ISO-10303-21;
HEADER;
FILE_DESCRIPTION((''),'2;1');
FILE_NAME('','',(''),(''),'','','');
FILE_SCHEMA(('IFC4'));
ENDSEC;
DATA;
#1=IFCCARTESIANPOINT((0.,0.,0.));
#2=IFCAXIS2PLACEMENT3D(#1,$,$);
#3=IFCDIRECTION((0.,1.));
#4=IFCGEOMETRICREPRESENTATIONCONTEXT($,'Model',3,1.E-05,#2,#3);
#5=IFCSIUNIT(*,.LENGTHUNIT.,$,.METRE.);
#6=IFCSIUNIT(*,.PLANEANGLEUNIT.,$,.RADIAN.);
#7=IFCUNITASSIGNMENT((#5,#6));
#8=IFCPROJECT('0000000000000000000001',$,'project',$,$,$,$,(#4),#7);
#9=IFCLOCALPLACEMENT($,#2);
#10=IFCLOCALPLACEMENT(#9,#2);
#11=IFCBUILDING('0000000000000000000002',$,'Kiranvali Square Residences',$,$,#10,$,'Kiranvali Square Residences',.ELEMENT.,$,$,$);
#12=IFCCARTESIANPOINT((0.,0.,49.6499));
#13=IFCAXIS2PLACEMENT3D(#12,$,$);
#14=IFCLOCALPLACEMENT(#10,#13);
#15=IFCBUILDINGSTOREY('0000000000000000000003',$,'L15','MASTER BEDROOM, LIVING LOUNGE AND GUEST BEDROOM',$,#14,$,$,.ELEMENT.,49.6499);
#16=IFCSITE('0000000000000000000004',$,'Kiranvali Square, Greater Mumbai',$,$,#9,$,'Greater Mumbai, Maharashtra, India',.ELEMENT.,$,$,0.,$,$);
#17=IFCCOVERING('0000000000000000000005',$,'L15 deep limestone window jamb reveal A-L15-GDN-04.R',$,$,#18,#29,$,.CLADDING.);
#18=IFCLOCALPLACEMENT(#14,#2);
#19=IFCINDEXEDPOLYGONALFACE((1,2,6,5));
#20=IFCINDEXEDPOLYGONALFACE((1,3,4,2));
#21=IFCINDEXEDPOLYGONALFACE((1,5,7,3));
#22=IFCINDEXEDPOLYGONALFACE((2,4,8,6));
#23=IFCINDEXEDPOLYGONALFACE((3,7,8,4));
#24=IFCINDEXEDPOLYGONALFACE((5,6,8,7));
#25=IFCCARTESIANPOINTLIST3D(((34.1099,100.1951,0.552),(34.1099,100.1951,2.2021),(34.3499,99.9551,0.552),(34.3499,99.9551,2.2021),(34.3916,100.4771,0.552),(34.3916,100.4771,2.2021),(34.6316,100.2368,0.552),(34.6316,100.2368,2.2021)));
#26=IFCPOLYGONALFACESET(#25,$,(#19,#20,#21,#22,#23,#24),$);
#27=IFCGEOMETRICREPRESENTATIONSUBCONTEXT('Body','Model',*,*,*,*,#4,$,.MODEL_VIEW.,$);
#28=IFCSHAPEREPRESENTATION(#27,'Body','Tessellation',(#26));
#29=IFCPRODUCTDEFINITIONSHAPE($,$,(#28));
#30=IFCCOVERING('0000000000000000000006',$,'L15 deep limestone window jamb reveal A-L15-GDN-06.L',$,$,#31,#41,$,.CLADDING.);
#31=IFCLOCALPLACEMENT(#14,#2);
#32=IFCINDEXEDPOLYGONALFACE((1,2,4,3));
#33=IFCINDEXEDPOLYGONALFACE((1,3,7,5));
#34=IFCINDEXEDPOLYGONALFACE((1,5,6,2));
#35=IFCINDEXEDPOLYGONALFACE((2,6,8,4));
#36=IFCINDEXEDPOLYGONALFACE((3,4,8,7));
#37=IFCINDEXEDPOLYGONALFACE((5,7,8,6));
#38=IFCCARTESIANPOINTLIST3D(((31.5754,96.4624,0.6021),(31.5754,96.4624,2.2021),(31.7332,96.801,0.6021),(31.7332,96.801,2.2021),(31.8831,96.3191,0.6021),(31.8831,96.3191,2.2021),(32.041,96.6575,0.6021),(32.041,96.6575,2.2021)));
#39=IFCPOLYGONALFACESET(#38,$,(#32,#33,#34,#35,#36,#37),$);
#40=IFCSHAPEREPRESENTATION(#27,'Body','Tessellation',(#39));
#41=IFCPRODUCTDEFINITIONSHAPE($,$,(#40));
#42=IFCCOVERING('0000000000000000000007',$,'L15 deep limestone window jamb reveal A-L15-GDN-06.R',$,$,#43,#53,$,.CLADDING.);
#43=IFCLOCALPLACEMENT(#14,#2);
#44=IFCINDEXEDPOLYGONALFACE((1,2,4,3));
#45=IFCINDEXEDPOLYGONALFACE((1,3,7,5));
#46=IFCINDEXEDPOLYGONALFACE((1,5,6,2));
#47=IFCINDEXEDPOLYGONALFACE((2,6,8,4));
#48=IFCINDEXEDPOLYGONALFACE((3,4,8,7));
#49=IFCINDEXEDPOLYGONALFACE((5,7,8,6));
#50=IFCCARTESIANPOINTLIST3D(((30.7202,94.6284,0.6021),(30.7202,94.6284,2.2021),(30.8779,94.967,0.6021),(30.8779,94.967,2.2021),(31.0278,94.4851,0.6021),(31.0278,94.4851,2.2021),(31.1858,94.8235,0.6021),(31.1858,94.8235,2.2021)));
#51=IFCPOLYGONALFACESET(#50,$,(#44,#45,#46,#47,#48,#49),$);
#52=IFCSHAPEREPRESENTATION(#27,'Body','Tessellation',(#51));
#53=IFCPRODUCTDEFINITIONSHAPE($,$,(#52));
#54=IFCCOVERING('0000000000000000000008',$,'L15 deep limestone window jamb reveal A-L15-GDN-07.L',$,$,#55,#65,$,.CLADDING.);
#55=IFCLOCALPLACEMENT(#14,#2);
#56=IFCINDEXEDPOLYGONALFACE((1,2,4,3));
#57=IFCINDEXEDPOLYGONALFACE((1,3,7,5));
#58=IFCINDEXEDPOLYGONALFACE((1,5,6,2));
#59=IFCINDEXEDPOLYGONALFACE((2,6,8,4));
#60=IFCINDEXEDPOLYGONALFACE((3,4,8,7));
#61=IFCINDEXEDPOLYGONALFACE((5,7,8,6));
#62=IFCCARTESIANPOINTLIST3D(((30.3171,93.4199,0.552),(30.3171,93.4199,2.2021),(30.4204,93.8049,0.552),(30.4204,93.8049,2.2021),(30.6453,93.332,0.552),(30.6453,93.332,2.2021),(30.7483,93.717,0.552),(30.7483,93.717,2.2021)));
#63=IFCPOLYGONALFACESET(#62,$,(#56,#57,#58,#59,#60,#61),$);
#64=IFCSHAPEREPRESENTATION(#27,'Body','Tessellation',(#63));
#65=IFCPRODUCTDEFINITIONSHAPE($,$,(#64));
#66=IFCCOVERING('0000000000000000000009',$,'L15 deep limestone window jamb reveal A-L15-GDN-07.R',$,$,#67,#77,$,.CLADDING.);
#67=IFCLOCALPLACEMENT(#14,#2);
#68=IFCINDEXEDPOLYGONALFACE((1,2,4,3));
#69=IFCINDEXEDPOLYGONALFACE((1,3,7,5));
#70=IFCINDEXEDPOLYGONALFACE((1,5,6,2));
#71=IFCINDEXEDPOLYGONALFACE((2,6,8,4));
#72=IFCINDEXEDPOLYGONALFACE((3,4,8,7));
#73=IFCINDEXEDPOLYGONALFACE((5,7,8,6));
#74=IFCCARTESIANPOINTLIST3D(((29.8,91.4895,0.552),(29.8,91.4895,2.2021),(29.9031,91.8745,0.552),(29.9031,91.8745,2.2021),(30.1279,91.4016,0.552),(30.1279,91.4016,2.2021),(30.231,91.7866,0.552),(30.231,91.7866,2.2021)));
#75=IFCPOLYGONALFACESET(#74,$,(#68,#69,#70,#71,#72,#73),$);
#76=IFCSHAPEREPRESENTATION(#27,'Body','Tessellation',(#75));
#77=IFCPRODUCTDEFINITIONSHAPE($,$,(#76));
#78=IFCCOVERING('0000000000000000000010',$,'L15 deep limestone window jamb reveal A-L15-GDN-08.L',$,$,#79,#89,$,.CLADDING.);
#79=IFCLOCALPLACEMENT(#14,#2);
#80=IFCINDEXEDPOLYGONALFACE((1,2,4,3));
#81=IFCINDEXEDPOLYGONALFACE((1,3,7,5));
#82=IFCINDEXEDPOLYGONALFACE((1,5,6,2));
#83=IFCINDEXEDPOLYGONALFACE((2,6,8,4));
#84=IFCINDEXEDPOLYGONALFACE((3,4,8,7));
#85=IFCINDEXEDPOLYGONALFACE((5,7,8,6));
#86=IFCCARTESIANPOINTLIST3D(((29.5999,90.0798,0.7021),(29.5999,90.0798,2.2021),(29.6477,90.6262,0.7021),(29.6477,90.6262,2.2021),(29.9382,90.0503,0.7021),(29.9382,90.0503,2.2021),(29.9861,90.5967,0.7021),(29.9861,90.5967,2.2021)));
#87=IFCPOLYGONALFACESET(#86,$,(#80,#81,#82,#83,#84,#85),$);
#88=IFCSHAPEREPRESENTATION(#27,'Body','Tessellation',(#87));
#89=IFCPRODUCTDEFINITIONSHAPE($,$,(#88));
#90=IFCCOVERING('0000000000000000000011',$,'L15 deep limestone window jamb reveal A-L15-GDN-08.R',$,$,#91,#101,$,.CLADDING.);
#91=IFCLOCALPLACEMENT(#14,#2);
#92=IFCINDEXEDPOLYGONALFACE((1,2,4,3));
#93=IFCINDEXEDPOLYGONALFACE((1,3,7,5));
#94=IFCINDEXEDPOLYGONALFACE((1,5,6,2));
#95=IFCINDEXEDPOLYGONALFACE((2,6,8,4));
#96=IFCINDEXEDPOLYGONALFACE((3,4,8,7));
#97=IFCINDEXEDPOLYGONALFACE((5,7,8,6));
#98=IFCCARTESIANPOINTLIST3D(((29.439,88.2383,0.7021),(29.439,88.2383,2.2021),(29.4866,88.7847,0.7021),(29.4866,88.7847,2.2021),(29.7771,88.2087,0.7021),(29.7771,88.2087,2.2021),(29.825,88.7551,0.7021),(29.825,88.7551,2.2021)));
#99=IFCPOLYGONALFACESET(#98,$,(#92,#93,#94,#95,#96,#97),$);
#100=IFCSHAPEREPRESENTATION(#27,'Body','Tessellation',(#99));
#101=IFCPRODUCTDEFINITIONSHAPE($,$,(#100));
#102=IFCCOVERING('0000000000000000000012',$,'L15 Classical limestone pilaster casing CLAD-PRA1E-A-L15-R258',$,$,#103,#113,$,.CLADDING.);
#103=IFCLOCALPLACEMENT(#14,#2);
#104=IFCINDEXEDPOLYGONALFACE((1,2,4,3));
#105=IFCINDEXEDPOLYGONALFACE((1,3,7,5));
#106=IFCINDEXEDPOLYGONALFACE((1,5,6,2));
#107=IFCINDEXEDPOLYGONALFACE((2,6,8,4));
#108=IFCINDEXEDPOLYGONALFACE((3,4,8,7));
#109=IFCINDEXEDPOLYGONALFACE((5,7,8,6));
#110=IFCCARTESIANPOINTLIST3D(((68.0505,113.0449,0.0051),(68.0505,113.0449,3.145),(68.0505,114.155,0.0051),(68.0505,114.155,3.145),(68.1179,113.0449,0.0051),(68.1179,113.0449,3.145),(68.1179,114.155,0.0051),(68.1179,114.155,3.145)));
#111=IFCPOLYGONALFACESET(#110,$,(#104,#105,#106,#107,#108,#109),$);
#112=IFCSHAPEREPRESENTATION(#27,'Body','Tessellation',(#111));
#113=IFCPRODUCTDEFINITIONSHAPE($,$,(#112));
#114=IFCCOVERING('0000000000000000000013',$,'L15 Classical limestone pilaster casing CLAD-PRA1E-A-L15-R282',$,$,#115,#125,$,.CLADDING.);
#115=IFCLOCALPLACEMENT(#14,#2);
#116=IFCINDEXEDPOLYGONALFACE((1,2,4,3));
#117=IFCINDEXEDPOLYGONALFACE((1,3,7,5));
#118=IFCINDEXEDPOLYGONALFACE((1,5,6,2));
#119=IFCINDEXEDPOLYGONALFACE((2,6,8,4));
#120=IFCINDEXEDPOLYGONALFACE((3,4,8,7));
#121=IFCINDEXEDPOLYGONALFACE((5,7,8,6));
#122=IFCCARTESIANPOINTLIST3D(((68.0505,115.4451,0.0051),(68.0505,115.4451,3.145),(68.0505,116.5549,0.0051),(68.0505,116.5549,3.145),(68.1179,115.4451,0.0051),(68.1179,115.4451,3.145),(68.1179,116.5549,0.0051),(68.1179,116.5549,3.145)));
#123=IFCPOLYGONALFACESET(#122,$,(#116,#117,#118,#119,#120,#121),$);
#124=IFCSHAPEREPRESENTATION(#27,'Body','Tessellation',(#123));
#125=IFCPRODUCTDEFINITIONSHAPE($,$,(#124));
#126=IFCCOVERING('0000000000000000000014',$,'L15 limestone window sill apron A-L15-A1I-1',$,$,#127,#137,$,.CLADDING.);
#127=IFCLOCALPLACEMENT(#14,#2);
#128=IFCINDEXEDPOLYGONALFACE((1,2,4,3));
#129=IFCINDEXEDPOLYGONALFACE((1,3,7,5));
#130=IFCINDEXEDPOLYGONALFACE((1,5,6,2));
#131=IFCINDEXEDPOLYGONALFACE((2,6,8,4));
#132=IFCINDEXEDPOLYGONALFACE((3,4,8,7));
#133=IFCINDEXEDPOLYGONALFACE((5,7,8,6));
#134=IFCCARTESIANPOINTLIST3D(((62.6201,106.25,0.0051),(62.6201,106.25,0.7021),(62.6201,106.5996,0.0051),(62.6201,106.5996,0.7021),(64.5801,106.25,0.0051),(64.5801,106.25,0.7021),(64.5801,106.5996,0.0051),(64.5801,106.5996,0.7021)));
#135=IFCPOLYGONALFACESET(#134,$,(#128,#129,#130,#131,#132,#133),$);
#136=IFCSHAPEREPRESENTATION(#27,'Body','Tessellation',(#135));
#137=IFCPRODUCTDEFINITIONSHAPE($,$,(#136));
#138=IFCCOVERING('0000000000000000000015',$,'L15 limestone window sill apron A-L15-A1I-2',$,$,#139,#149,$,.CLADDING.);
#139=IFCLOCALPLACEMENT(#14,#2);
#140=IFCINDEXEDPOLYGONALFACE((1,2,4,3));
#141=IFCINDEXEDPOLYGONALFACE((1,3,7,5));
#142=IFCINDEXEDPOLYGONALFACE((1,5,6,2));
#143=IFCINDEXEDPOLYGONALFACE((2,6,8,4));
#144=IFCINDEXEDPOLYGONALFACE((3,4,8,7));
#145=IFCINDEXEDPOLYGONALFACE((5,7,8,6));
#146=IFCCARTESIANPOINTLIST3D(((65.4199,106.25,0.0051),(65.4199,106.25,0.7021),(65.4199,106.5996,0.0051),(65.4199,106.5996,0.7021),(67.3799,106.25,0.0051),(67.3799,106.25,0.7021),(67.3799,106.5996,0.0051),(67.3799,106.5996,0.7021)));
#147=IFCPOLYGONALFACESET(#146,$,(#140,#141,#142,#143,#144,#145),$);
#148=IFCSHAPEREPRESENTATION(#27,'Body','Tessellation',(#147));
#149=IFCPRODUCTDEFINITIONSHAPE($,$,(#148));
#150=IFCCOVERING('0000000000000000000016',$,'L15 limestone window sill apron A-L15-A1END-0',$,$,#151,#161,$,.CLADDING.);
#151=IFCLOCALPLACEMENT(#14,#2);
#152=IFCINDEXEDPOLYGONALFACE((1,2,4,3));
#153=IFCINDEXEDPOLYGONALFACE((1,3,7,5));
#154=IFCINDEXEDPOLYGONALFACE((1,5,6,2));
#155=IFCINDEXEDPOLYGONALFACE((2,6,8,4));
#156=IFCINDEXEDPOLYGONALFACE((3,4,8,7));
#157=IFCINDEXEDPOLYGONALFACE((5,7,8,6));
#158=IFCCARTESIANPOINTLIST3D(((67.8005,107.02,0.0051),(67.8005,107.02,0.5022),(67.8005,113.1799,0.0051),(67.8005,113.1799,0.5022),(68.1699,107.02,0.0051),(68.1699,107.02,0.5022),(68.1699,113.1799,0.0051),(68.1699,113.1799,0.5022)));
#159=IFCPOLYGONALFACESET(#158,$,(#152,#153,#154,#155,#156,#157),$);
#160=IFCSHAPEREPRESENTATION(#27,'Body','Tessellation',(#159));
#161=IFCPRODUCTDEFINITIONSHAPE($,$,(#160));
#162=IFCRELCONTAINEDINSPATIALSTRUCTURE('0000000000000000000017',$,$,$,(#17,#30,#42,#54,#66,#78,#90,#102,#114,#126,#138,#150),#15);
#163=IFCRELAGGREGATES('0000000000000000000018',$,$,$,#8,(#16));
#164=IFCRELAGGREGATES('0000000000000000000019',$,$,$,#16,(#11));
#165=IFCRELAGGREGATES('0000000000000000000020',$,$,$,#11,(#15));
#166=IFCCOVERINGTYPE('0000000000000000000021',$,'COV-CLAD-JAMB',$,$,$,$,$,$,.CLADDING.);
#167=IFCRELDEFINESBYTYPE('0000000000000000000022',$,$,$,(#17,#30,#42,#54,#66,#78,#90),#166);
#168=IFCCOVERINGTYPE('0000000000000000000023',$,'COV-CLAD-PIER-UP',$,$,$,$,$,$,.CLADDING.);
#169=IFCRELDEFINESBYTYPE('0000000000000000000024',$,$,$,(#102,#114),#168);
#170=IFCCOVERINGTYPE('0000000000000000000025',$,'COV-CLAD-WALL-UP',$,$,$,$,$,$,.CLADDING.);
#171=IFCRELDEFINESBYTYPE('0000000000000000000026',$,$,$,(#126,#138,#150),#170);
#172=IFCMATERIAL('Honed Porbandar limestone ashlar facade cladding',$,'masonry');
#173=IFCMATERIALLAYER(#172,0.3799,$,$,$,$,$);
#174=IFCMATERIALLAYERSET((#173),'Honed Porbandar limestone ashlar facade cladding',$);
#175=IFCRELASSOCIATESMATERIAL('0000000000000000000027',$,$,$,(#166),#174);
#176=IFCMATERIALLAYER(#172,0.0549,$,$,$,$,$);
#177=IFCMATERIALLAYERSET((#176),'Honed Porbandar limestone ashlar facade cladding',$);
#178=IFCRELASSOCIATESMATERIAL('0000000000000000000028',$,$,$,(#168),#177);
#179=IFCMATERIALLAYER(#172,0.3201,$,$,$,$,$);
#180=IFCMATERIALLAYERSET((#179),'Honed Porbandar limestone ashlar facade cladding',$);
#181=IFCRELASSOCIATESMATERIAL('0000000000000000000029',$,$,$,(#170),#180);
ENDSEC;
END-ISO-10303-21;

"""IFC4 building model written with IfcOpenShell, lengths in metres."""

from ifc_helpers import new_model, si_unit, direction, frame, origin, place, context, subcontext, project, spatial, polyline, outline, extrude, material, layer, layer_set, type_object, element, save


model = new_model("IFC4")

# Units and contexts
model_context = context("Model", 3, precision=1e-05, world=origin(), true_north=direction((0.0, 1.0)))
body_context = subcontext(model_context, "Body", "Model", "MODEL_VIEW")
ifc_project = project(units=[si_unit("LENGTHUNIT", "METRE"), si_unit("PLANEANGLEUNIT", "RADIAN")], contexts=[model_context])

# Site, building, storey
site_placement = place(None, origin())
site = spatial("IfcSite", under=ifc_project, at=site_placement, Name="Kiranvali Square, Greater Mumbai", LongName="Greater Mumbai, Maharashtra, India", CompositionType="ELEMENT", RefElevation=0.0)
building_placement = place(site_placement, origin())
building = spatial("IfcBuilding", under=site, at=building_placement, Name="Kiranvali Square Residences", LongName="Kiranvali Square Residences", CompositionType="ELEMENT")
storey_placement = place(building_placement, frame((0.0, 0.0, 49.6499)))
storey = spatial("IfcBuildingStorey", under=building, at=storey_placement, Name="L15", Description="MASTER BEDROOM, LIVING LOUNGE AND GUEST BEDROOM", CompositionType="ELEMENT", Elevation=49.6499)

# Coverings
ifc_material = material(Name="Honed Porbandar limestone ashlar facade cladding", Category="masonry")
ifc_layer_1 = layer(ifc_material, 0.3799)
ifc_layer_set_1 = layer_set([ifc_layer_1], Name="Honed Porbandar limestone ashlar facade cladding")
covering_type_1 = type_object("IfcCoveringType", Name="COV-CLAD-JAMB", PredefinedType="CLADDING", material=ifc_layer_set_1)
covering_1_placement = place(storey_placement, frame((0.0, 0.0, 0.552)))
element("IfcCovering", 1, at=covering_1_placement, inside=storey, type_object=covering_type_1, Name="L15 deep limestone window jamb reveal A-L15-GDN-04.R", PredefinedType="CLADDING", context=body_context, shape_type="SweptSolid", body=[
    extrude(outline(polyline([(34.3916, 100.4771), (34.1099, 100.1951), (34.3499, 99.9551), (34.6316, 100.2368), (34.3916, 100.4771)])), origin(), (0.0, 0.0, 1.0), 1.6501),
])
covering_2_placement = place(storey_placement, frame((0.0, 0.0, 0.6021)))
element("IfcCovering", 2, at=covering_2_placement, inside=storey, type_object=covering_type_1, Name="L15 deep limestone window jamb reveal A-L15-GDN-06.L", PredefinedType="CLADDING", context=body_context, shape_type="SweptSolid", body=[
    extrude(outline(polyline([(31.7332, 96.801), (31.5754, 96.4624), (31.8831, 96.3191), (32.041, 96.6575), (31.7332, 96.801)])), origin(), (0.0, 0.0, 1.0), 1.6001),
])
covering_3_placement = place(storey_placement, frame((0.0, 0.0, 0.6021)))
element("IfcCovering", 3, at=covering_3_placement, inside=storey, type_object=covering_type_1, Name="L15 deep limestone window jamb reveal A-L15-GDN-06.R", PredefinedType="CLADDING", context=body_context, shape_type="SweptSolid", body=[
    extrude(outline(polyline([(30.8779, 94.967), (30.7202, 94.6284), (31.0278, 94.4851), (31.1858, 94.8235), (30.8779, 94.967)])), origin(), (0.0, 0.0, 1.0), 1.6001),
])
covering_4_placement = place(storey_placement, frame((0.0, 0.0, 0.552)))
element("IfcCovering", 4, at=covering_4_placement, inside=storey, type_object=covering_type_1, Name="L15 deep limestone window jamb reveal A-L15-GDN-07.L", PredefinedType="CLADDING", context=body_context, shape_type="SweptSolid", body=[
    extrude(outline(polyline([(30.4204, 93.8049), (30.3171, 93.4199), (30.6453, 93.332), (30.7483, 93.717), (30.4204, 93.8049)])), origin(), (0.0, 0.0, 1.0), 1.6501),
])
covering_5_placement = place(storey_placement, frame((0.0, 0.0, 0.552)))
element("IfcCovering", 5, at=covering_5_placement, inside=storey, type_object=covering_type_1, Name="L15 deep limestone window jamb reveal A-L15-GDN-07.R", PredefinedType="CLADDING", context=body_context, shape_type="SweptSolid", body=[
    extrude(outline(polyline([(29.9031, 91.8745), (29.8, 91.4895), (30.1279, 91.4016), (30.231, 91.7866), (29.9031, 91.8745)])), origin(), (0.0, 0.0, 1.0), 1.6501),
])
covering_6_placement = place(storey_placement, frame((0.0, 0.0, 0.7021)))
element("IfcCovering", 6, at=covering_6_placement, inside=storey, type_object=covering_type_1, Name="L15 deep limestone window jamb reveal A-L15-GDN-08.L", PredefinedType="CLADDING", context=body_context, shape_type="SweptSolid", body=[
    extrude(outline(polyline([(29.6477, 90.6262), (29.5999, 90.0798), (29.9382, 90.0503), (29.9861, 90.5967), (29.6477, 90.6262)])), origin(), (0.0, 0.0, 1.0), 1.5),
])
covering_7_placement = place(storey_placement, frame((0.0, 0.0, 0.7021)))
element("IfcCovering", 7, at=covering_7_placement, inside=storey, type_object=covering_type_1, Name="L15 deep limestone window jamb reveal A-L15-GDN-08.R", PredefinedType="CLADDING", context=body_context, shape_type="SweptSolid", body=[
    extrude(outline(polyline([(29.4866, 88.7847), (29.439, 88.2383), (29.7771, 88.2087), (29.825, 88.7551), (29.4866, 88.7847)])), origin(), (0.0, 0.0, 1.0), 1.5),
])
ifc_layer_2 = layer(ifc_material, 0.0549)
ifc_layer_set_2 = layer_set([ifc_layer_2], Name="Honed Porbandar limestone ashlar facade cladding")
covering_type_2 = type_object("IfcCoveringType", Name="COV-CLAD-PIER-UP", PredefinedType="CLADDING", material=ifc_layer_set_2)
covering_8_placement = place(storey_placement, frame((0.0, 0.0, 0.0051)))
element("IfcCovering", 8, at=covering_8_placement, inside=storey, type_object=covering_type_2, Name="L15 Classical limestone pilaster casing CLAD-PRA1E-A-L15-R258", PredefinedType="CLADDING", context=body_context, shape_type="SweptSolid", body=[
    extrude(outline(polyline([(68.1179, 113.0449), (68.1179, 114.155), (68.0505, 114.155), (68.0505, 113.0449), (68.1179, 113.0449)])), origin(), (0.0, 0.0, 1.0), 3.1399),
])
covering_9_placement = place(storey_placement, frame((0.0, 0.0, 0.0051)))
element("IfcCovering", 9, at=covering_9_placement, inside=storey, type_object=covering_type_2, Name="L15 Classical limestone pilaster casing CLAD-PRA1E-A-L15-R282", PredefinedType="CLADDING", context=body_context, shape_type="SweptSolid", body=[
    extrude(outline(polyline([(68.1179, 115.4451), (68.1179, 116.5549), (68.0505, 116.5549), (68.0505, 115.4451), (68.1179, 115.4451)])), origin(), (0.0, 0.0, 1.0), 3.1399),
])
ifc_layer_3 = layer(ifc_material, 0.3201)
ifc_layer_set_3 = layer_set([ifc_layer_3], Name="Honed Porbandar limestone ashlar facade cladding")
covering_type_3 = type_object("IfcCoveringType", Name="COV-CLAD-WALL-UP", PredefinedType="CLADDING", material=ifc_layer_set_3)
covering_10_placement = place(storey_placement, frame((0.0, 0.0, 0.0051)))
element("IfcCovering", 10, at=covering_10_placement, inside=storey, type_object=covering_type_3, Name="L15 limestone window sill apron A-L15-A1I-1", PredefinedType="CLADDING", context=body_context, shape_type="SweptSolid", body=[
    extrude(outline(polyline([(62.6201, 106.25), (64.5801, 106.25), (64.5801, 106.5996), (62.6201, 106.5996), (62.6201, 106.25)])), origin(), (0.0, 0.0, 1.0), 0.697),
])
covering_11_placement = place(storey_placement, frame((0.0, 0.0, 0.0051)))
element("IfcCovering", 11, at=covering_11_placement, inside=storey, type_object=covering_type_3, Name="L15 limestone window sill apron A-L15-A1I-2", PredefinedType="CLADDING", context=body_context, shape_type="SweptSolid", body=[
    extrude(outline(polyline([(65.4199, 106.25), (67.3799, 106.25), (67.3799, 106.5996), (65.4199, 106.5996), (65.4199, 106.25)])), origin(), (0.0, 0.0, 1.0), 0.697),
])
covering_12_placement = place(storey_placement, frame((0.0, 0.0, 0.0051)))
element("IfcCovering", 12, at=covering_12_placement, inside=storey, type_object=covering_type_3, Name="L15 limestone window sill apron A-L15-A1END-0", PredefinedType="CLADDING", context=body_context, shape_type="SweptSolid", body=[
    extrude(outline(polyline([(68.1699, 107.02), (68.1699, 113.1799), (67.8005, 113.1799), (67.8005, 107.02), (68.1699, 107.02)])), origin(), (0.0, 0.0, 1.0), 0.4971),
])

save(model, "model.ifc")
